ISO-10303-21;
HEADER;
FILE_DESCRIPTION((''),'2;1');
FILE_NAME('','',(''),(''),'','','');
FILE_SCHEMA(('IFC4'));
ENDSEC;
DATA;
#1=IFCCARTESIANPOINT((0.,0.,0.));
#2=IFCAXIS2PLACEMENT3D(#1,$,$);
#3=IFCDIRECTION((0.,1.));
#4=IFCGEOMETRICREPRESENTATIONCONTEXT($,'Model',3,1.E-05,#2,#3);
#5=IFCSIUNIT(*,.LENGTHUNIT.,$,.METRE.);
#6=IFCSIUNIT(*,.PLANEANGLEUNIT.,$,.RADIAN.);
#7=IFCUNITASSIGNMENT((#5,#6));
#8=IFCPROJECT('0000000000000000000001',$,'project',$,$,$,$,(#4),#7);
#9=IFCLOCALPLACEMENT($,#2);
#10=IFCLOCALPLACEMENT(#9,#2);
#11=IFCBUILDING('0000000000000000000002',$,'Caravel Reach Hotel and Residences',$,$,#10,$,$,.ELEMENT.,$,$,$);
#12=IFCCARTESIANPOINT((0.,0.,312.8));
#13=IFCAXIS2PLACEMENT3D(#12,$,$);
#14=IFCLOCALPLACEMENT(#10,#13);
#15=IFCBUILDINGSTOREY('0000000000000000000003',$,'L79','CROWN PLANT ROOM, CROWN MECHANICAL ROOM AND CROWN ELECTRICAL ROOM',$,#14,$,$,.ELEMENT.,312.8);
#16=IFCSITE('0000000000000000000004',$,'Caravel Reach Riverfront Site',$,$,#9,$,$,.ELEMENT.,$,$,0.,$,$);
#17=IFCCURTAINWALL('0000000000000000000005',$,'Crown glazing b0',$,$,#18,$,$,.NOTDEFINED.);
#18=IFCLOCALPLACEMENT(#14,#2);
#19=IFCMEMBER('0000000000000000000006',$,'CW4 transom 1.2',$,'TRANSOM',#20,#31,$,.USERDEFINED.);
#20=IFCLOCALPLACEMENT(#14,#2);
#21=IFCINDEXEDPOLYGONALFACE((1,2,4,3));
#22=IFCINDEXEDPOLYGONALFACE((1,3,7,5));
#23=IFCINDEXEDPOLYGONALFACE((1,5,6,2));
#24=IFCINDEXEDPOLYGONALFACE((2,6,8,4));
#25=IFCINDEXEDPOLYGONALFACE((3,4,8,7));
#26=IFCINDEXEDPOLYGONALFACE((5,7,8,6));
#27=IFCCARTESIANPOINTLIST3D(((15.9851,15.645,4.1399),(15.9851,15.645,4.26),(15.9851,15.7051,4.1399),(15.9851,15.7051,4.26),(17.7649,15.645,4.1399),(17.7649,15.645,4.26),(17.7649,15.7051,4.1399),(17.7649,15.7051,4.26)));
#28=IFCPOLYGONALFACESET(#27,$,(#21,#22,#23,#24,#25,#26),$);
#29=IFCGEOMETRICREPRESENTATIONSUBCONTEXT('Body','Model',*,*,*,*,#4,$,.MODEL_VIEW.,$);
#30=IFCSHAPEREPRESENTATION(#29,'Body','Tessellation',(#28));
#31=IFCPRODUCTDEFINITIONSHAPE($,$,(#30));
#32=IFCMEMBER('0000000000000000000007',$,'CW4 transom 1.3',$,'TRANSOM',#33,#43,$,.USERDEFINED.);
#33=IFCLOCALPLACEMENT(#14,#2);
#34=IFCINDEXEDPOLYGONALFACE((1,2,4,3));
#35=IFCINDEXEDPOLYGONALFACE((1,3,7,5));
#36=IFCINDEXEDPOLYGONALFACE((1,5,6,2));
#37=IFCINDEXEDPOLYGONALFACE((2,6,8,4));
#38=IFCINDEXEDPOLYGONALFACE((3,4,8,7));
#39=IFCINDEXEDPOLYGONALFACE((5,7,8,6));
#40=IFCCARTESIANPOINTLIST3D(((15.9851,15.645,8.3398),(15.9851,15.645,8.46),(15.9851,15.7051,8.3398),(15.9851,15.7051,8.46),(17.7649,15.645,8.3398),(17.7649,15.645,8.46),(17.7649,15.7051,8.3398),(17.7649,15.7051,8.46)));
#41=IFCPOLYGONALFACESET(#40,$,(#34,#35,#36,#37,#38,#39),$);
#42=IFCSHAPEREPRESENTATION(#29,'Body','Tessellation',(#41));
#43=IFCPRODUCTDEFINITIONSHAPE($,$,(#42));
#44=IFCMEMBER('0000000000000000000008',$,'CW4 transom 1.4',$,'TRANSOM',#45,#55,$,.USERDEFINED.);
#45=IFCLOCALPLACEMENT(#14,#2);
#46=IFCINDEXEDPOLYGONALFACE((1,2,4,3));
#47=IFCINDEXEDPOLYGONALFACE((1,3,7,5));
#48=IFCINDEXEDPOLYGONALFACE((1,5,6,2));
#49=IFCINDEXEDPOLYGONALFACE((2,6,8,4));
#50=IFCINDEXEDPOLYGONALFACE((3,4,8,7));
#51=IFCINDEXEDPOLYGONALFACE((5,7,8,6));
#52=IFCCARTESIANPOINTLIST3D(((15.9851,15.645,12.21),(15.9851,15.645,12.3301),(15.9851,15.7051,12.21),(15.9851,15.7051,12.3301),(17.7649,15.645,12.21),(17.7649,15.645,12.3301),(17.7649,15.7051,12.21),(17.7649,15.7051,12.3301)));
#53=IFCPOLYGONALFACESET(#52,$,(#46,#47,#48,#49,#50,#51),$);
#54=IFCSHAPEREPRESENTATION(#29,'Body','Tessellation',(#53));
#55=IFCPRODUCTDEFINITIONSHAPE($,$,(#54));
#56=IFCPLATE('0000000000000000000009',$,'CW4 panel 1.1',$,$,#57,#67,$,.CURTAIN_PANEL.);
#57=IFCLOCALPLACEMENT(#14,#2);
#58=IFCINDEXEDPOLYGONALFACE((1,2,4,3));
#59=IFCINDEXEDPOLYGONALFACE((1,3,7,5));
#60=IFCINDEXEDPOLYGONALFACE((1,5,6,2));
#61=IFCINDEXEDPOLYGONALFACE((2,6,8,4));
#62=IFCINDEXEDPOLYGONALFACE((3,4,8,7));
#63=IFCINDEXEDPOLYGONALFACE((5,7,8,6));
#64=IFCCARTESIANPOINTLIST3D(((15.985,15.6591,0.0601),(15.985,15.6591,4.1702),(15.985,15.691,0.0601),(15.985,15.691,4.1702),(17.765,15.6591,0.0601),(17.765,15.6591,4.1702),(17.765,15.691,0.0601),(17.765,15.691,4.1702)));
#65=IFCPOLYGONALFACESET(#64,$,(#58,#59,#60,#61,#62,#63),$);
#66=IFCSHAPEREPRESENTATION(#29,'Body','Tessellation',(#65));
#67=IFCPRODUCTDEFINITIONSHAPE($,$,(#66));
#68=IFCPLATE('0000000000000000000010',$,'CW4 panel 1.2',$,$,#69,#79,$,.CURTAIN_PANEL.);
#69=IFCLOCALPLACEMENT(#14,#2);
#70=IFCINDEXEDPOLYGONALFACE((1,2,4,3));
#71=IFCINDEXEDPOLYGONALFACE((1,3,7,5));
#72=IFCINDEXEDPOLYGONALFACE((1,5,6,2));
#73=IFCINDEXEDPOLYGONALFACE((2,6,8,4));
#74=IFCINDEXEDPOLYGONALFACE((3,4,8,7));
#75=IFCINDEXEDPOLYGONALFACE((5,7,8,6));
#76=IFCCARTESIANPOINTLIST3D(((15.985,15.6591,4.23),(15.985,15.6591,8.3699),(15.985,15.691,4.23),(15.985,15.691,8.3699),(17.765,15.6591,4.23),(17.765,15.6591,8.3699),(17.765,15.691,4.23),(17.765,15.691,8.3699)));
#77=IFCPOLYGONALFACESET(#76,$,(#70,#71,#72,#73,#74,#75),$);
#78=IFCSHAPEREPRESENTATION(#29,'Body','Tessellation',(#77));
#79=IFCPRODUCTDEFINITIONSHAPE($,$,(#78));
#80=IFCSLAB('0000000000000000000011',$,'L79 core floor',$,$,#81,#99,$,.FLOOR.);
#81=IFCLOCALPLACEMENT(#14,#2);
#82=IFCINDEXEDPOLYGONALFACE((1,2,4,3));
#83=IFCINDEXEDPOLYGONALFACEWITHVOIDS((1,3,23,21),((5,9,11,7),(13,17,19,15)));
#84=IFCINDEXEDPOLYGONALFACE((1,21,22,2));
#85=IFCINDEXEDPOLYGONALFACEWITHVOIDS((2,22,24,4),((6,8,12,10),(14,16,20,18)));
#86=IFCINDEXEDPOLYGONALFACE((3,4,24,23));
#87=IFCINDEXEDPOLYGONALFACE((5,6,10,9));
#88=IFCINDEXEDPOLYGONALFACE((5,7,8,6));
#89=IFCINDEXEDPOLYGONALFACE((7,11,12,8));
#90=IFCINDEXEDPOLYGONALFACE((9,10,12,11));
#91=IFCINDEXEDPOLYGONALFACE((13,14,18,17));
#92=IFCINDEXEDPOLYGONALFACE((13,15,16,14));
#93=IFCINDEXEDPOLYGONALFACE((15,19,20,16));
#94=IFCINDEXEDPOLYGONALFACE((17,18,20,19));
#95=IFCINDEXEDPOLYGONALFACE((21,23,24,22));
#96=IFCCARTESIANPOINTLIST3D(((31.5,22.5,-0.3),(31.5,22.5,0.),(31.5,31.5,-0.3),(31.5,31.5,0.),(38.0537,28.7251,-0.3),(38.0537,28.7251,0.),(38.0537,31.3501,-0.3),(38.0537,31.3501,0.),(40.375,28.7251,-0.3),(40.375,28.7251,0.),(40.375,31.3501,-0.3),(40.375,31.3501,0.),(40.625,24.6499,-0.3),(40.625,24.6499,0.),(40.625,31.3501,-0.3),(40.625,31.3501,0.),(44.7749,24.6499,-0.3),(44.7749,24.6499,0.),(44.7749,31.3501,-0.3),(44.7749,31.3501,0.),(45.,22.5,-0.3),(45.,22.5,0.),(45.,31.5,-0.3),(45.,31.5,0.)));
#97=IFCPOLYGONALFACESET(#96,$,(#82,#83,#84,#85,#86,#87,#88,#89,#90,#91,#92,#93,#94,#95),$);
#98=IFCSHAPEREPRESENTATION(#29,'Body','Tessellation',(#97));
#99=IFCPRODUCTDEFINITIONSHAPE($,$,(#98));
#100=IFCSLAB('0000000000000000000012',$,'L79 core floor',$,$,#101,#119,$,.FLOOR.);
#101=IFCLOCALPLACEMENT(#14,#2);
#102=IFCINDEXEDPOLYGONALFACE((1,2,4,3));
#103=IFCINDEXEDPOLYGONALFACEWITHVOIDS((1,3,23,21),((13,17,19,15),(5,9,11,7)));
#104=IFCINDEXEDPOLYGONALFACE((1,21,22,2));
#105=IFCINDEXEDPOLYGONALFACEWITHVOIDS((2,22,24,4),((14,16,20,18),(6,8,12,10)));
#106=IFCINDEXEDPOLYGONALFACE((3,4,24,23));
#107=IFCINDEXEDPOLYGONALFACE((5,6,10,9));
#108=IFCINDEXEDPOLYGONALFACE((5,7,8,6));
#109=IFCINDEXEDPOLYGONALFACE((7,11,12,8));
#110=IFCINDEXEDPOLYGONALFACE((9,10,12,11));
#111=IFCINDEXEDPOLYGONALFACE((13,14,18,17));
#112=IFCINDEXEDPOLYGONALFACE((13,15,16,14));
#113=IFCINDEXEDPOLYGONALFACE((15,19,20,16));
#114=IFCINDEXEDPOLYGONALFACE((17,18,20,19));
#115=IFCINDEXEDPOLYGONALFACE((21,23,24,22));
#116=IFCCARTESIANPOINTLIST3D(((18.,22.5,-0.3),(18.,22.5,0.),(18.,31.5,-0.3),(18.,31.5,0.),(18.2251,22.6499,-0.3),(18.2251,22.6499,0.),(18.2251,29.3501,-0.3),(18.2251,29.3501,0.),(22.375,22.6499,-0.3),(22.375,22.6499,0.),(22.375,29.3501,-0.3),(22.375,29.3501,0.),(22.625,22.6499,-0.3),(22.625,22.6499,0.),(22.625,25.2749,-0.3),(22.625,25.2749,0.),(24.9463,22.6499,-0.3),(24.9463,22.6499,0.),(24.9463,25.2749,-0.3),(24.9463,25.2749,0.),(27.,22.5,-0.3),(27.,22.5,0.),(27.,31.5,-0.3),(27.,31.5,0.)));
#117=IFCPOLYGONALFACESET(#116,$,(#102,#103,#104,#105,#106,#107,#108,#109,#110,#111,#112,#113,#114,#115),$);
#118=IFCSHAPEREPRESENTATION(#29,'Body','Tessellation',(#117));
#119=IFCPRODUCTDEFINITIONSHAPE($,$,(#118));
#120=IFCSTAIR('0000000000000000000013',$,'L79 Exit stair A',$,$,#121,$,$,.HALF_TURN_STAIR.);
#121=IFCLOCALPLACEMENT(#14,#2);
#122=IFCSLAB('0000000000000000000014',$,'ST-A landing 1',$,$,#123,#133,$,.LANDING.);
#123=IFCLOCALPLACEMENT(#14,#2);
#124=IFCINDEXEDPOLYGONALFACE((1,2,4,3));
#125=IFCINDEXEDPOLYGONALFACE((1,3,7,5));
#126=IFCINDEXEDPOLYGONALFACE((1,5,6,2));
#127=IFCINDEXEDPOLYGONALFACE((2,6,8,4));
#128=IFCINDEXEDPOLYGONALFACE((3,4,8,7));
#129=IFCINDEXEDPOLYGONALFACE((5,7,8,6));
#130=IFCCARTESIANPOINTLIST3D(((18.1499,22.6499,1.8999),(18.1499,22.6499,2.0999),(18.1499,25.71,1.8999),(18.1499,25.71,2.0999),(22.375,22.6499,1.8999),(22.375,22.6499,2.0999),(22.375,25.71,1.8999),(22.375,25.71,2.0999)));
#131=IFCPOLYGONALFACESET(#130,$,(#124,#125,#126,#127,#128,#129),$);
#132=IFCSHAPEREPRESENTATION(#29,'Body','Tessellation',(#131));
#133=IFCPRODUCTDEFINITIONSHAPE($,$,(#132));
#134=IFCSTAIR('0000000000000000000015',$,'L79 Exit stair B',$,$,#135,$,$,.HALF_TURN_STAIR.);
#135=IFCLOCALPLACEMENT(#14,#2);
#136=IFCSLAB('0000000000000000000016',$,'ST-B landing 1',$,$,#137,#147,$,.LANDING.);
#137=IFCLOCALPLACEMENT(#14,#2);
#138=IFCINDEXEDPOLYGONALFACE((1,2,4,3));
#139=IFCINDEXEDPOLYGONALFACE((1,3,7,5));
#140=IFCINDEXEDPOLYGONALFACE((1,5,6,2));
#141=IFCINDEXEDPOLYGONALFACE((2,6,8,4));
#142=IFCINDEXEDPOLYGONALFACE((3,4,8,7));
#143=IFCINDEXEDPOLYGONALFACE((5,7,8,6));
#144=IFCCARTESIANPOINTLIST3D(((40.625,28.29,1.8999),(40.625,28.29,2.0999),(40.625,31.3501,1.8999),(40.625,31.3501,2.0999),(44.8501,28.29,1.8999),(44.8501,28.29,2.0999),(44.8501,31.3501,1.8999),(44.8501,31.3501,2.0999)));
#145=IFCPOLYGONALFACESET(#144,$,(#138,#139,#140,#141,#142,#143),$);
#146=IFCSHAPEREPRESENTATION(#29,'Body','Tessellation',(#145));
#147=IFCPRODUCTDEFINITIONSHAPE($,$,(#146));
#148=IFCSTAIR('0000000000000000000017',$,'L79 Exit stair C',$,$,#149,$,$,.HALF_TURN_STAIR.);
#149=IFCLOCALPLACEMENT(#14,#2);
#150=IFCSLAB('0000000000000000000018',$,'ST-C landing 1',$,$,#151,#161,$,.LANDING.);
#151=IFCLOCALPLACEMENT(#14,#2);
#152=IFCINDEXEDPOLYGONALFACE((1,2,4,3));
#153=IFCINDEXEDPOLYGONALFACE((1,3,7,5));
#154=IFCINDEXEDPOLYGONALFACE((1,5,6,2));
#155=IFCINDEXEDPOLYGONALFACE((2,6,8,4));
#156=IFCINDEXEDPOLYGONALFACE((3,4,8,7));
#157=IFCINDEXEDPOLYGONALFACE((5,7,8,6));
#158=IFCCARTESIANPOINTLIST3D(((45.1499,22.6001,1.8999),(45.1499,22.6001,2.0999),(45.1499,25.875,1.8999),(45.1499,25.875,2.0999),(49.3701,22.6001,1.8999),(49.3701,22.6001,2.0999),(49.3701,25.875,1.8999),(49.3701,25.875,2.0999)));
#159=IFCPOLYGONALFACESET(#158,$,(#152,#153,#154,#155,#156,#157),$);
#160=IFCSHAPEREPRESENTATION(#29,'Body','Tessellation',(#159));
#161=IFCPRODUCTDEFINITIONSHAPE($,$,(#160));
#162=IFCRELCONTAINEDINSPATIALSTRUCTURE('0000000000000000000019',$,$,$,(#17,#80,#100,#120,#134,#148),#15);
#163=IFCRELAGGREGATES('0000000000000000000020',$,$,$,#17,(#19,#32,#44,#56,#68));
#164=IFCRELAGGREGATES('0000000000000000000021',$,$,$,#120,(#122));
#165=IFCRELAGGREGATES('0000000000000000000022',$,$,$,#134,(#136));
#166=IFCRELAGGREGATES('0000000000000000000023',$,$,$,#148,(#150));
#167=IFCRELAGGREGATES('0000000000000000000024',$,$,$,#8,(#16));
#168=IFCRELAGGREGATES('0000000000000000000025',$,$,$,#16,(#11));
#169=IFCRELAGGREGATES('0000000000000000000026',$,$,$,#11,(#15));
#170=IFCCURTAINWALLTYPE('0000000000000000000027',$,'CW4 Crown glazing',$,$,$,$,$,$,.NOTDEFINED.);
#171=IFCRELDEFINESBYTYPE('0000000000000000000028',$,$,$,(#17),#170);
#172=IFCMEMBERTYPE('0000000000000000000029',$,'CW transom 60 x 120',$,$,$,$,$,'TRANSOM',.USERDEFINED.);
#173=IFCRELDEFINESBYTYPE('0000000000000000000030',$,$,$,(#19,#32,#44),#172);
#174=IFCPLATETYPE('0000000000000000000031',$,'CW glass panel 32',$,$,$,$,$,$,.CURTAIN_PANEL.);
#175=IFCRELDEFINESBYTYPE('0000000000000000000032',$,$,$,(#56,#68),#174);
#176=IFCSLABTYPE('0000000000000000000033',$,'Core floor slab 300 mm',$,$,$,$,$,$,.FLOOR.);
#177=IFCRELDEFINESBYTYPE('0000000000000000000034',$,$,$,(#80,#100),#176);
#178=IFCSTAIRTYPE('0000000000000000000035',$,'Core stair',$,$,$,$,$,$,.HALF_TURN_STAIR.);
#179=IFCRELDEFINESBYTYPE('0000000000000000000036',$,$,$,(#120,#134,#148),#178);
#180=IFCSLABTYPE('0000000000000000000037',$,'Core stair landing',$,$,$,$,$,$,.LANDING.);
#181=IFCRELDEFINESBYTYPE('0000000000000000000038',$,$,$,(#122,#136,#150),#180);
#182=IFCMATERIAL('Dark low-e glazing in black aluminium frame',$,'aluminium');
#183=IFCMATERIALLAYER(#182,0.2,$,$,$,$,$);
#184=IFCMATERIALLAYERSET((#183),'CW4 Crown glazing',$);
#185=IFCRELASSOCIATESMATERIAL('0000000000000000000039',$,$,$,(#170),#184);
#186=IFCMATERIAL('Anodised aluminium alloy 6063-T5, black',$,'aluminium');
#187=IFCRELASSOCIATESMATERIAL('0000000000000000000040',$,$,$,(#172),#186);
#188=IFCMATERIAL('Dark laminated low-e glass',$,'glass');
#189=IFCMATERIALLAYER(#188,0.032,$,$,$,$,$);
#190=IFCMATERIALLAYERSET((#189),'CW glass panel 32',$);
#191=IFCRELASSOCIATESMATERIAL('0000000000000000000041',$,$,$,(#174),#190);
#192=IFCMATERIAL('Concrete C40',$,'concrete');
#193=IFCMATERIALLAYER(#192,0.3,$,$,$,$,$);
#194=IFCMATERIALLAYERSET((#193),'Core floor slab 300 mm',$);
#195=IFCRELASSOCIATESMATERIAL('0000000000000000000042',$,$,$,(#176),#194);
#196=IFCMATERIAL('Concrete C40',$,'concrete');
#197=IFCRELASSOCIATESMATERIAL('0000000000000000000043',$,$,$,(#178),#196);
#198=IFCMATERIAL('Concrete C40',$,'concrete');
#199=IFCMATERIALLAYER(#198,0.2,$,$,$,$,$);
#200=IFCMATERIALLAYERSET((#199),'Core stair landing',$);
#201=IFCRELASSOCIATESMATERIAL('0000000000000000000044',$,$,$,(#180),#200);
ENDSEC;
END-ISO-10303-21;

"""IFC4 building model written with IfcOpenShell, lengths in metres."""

from ifc_helpers import new_model, si_unit, direction, frame, origin, origin_2d, place, context, subcontext, project, spatial, polyline, rectangle, outline, extrude, material, layer, layer_set, material_profile, profile_set, type_object, element, aggregate, save


model = new_model("IFC4")

# Units and contexts
model_context = context("Model", 3, precision=1e-05, world=origin(), true_north=direction((0.0, 1.0)))
body_context = subcontext(model_context, "Body", "Model", "MODEL_VIEW")
ifc_project = project(units=[si_unit("LENGTHUNIT", "METRE"), si_unit("PLANEANGLEUNIT", "RADIAN")], contexts=[model_context])

# Site, building, storey
site_placement = place(None, origin())
site = spatial("IfcSite", under=ifc_project, at=site_placement, Name="Caravel Reach Riverfront Site", CompositionType="ELEMENT", RefElevation=0.0)
building_placement = place(site_placement, origin())
building = spatial("IfcBuilding", under=site, at=building_placement, Name="Caravel Reach Hotel and Residences", CompositionType="ELEMENT")
storey_placement = place(building_placement, frame((0.0, 0.0, 312.8)))
storey = spatial("IfcBuildingStorey", under=building, at=storey_placement, Name="L79", Description="CROWN PLANT ROOM, CROWN MECHANICAL ROOM AND CROWN ELECTRICAL ROOM", CompositionType="ELEMENT", Elevation=312.8)

# Shared definitions
ifc_material_1 = material(Name="Dark low-e glazing in black aluminium frame", Category="aluminium")
ifc_layer_1 = layer(ifc_material_1, 0.2)
ifc_layer_set_1 = layer_set([ifc_layer_1], Name="CW4 Crown glazing")
curtain_wall_type = type_object("IfcCurtainWallType", Name="CW4 Crown glazing", PredefinedType="NOTDEFINED", material=ifc_layer_set_1)

# Curtain wall, members, plates
curtain_wall_1_placement = place(storey_placement, origin())
curtain_wall_1 = element("IfcCurtainWall", 1, at=curtain_wall_1_placement, inside=storey, type_object=curtain_wall_type, Name="Crown glazing b0", PredefinedType="NOTDEFINED")
ifc_material_2 = material(Name="Anodised aluminium alloy 6063-T5, black", Category="aluminium")
ifc_material_profile_1 = material_profile(ifc_material_2, rectangle(XDim=0.0601, YDim=0.1201, at=origin_2d()), Name="CW transom 60 x 120")
ifc_profile_set_1 = profile_set([ifc_material_profile_1], Name="Anodised aluminium alloy 6063-T5, black")
member_type_1 = type_object("IfcMemberType", Name="CW transom 60 x 120", ElementType="TRANSOM", PredefinedType="USERDEFINED", material=ifc_profile_set_1)
member_1_placement = place(storey_placement, frame((15.9851, 15.675, 4.2), z_axis=(1.0, 0.0, 0.0), x_axis=(0.0, 1.0, 0.0)))
member_1 = element("IfcMember", 2, at=member_1_placement, type_object=member_type_1, Name="CW4 transom 1.2", ObjectType="TRANSOM", PredefinedType="USERDEFINED", context=body_context, shape_type="SweptSolid", body=[
    extrude(rectangle(XDim=0.0601, YDim=0.1201, at=origin_2d()), origin(), (0.0, 0.0, 1.0), 1.7798),
])
member_2_placement = place(storey_placement, frame((15.9851, 15.675, 8.3999), z_axis=(1.0, 0.0, 0.0), x_axis=(0.0, 1.0, 0.0)))
member_2 = element("IfcMember", 3, at=member_2_placement, type_object=member_type_1, Name="CW4 transom 1.3", ObjectType="TRANSOM", PredefinedType="USERDEFINED", context=body_context, shape_type="SweptSolid", body=[
    extrude(rectangle(XDim=0.0601, YDim=0.1201, at=origin_2d()), origin(), (0.0, 0.0, 1.0), 1.7798),
])
member_3_placement = place(storey_placement, frame((15.9851, 15.675, 12.27), z_axis=(1.0, 0.0, 0.0), x_axis=(0.0, 1.0, 0.0)))
member_3 = element("IfcMember", 4, at=member_3_placement, type_object=member_type_1, Name="CW4 transom 1.4", ObjectType="TRANSOM", PredefinedType="USERDEFINED", context=body_context, shape_type="SweptSolid", body=[
    extrude(rectangle(XDim=0.0601, YDim=0.1201, at=origin_2d()), origin(), (0.0, 0.0, 1.0), 1.7798),
])
ifc_material_3 = material(Name="Dark laminated low-e glass", Category="glass")
ifc_layer_2 = layer(ifc_material_3, 0.032)
ifc_layer_set_2 = layer_set([ifc_layer_2], Name="CW glass panel 32")
plate_type = type_object("IfcPlateType", Name="CW glass panel 32", PredefinedType="CURTAIN_PANEL", material=ifc_layer_set_2)
plate_1_placement = place(storey_placement, frame((16.875, 15.675, 0.0601), z_axis=(0.0, 0.0, 1.0), x_axis=(1.0, 0.0, 0.0)))
plate_1 = element("IfcPlate", 5, at=plate_1_placement, type_object=plate_type, Name="CW4 panel 1.1", PredefinedType="CURTAIN_PANEL", context=body_context, shape_type="SweptSolid", body=[
    extrude(rectangle(XDim=1.78, YDim=0.032, at=origin_2d()), origin(), (0.0, 0.0, 1.0), 4.1101),
])
plate_2_placement = place(storey_placement, frame((16.875, 15.675, 4.23), z_axis=(0.0, 0.0, 1.0), x_axis=(1.0, 0.0, 0.0)))
plate_2 = element("IfcPlate", 6, at=plate_2_placement, type_object=plate_type, Name="CW4 panel 1.2", PredefinedType="CURTAIN_PANEL", context=body_context, shape_type="SweptSolid", body=[
    extrude(rectangle(XDim=1.78, YDim=0.032, at=origin_2d()), origin(), (0.0, 0.0, 1.0), 4.1399),
])
aggregate(curtain_wall_1, [member_1, member_2, member_3, plate_1, plate_2])

# Slabs
ifc_material_4 = material(Name="Concrete C40", Category="concrete")
ifc_layer_3 = layer(ifc_material_4, 0.3)
ifc_layer_set_3 = layer_set([ifc_layer_3], Name="Core floor slab 300 mm")
slab_type_1 = type_object("IfcSlabType", Name="Core floor slab 300 mm", PredefinedType="FLOOR", material=ifc_layer_set_3)
slab_1_placement = place(storey_placement, frame((0.0, 0.0, -0.3)))
element("IfcSlab", 7, at=slab_1_placement, inside=storey, type_object=slab_type_1, Name="L79 core floor", PredefinedType="FLOOR", context=body_context, shape_type="SweptSolid", body=[
    extrude(outline(polyline([(45.0, 22.5), (31.5, 22.5), (31.5, 31.5), (45.0, 31.5), (45.0, 22.5)]), holes=[polyline([(40.625, 24.6499), (44.7749, 24.6499), (44.7749, 31.3501), (40.625, 31.3501), (40.625, 24.6499)]), polyline([(38.0537, 28.7251), (40.375, 28.7251), (40.375, 31.3501), (38.0537, 31.3501), (38.0537, 28.7251)])]), origin(), (0.0, 0.0, 1.0), 0.3),
])
slab_2_placement = place(storey_placement, frame((0.0, 0.0, -0.3)))
element("IfcSlab", 8, at=slab_2_placement, inside=storey, type_object=slab_type_1, Name="L79 core floor", PredefinedType="FLOOR", context=body_context, shape_type="SweptSolid", body=[
    extrude(outline(polyline([(18.0, 31.5), (27.0, 31.5), (27.0, 22.5), (18.0, 22.5), (18.0, 31.5)]), holes=[polyline([(22.625, 22.6499), (24.9463, 22.6499), (24.9463, 25.2749), (22.625, 25.2749), (22.625, 22.6499)]), polyline([(22.375, 29.3501), (18.2251, 29.3501), (18.2251, 22.6499), (22.375, 22.6499), (22.375, 29.3501)])]), origin(), (0.0, 0.0, 1.0), 0.3),
])

# Stairs, slabs
ifc_material_5 = material(Name="Concrete C40", Category="concrete")
stair_type = type_object("IfcStairType", Name="Core stair", PredefinedType="HALF_TURN_STAIR", material=ifc_material_5)
stair_1_placement = place(storey_placement, origin())
stair_1 = element("IfcStair", 9, at=stair_1_placement, inside=storey, type_object=stair_type, Name="L79 Exit stair A", PredefinedType="HALF_TURN_STAIR")
ifc_material_6 = material(Name="Concrete C40", Category="concrete")
ifc_layer_4 = layer(ifc_material_6, 0.2)
ifc_layer_set_4 = layer_set([ifc_layer_4], Name="Core stair landing")
slab_type_2 = type_object("IfcSlabType", Name="Core stair landing", PredefinedType="LANDING", material=ifc_layer_set_4)
slab_3_placement = place(storey_placement, frame((0.0, 0.0, 1.8999)))
slab_3 = element("IfcSlab", 10, at=slab_3_placement, type_object=slab_type_2, Name="ST-A landing 1", PredefinedType="LANDING", context=body_context, shape_type="SweptSolid", body=[
    extrude(outline(polyline([(18.1499, 25.71), (18.1499, 22.6499), (22.375, 22.6499), (22.375, 25.71), (18.1499, 25.71)])), origin(), (0.0, 0.0, 1.0), 0.2),
])
aggregate(stair_1, [slab_3])
stair_2_placement = place(storey_placement, origin())
stair_2 = element("IfcStair", 11, at=stair_2_placement, inside=storey, type_object=stair_type, Name="L79 Exit stair B", PredefinedType="HALF_TURN_STAIR")
slab_4_placement = place(storey_placement, frame((0.0, 0.0, 1.8999)))
slab_4 = element("IfcSlab", 12, at=slab_4_placement, type_object=slab_type_2, Name="ST-B landing 1", PredefinedType="LANDING", context=body_context, shape_type="SweptSolid", body=[
    extrude(outline(polyline([(44.8501, 28.29), (44.8501, 31.3501), (40.625, 31.3501), (40.625, 28.29), (44.8501, 28.29)])), origin(), (0.0, 0.0, 1.0), 0.2),
])
aggregate(stair_2, [slab_4])
stair_3_placement = place(storey_placement, origin())
stair_3 = element("IfcStair", 13, at=stair_3_placement, inside=storey, type_object=stair_type, Name="L79 Exit stair C", PredefinedType="HALF_TURN_STAIR")
slab_5_placement = place(storey_placement, frame((0.0, 0.0, 1.8999)))
slab_5 = element("IfcSlab", 14, at=slab_5_placement, type_object=slab_type_2, Name="ST-C landing 1", PredefinedType="LANDING", context=body_context, shape_type="SweptSolid", body=[
    extrude(outline(polyline([(45.1499, 25.875), (45.1499, 22.6001), (49.3701, 22.6001), (49.3701, 25.875), (45.1499, 25.875)])), origin(), (0.0, 0.0, 1.0), 0.2),
])
aggregate(stair_3, [slab_5])

save(model, "model.ifc")
